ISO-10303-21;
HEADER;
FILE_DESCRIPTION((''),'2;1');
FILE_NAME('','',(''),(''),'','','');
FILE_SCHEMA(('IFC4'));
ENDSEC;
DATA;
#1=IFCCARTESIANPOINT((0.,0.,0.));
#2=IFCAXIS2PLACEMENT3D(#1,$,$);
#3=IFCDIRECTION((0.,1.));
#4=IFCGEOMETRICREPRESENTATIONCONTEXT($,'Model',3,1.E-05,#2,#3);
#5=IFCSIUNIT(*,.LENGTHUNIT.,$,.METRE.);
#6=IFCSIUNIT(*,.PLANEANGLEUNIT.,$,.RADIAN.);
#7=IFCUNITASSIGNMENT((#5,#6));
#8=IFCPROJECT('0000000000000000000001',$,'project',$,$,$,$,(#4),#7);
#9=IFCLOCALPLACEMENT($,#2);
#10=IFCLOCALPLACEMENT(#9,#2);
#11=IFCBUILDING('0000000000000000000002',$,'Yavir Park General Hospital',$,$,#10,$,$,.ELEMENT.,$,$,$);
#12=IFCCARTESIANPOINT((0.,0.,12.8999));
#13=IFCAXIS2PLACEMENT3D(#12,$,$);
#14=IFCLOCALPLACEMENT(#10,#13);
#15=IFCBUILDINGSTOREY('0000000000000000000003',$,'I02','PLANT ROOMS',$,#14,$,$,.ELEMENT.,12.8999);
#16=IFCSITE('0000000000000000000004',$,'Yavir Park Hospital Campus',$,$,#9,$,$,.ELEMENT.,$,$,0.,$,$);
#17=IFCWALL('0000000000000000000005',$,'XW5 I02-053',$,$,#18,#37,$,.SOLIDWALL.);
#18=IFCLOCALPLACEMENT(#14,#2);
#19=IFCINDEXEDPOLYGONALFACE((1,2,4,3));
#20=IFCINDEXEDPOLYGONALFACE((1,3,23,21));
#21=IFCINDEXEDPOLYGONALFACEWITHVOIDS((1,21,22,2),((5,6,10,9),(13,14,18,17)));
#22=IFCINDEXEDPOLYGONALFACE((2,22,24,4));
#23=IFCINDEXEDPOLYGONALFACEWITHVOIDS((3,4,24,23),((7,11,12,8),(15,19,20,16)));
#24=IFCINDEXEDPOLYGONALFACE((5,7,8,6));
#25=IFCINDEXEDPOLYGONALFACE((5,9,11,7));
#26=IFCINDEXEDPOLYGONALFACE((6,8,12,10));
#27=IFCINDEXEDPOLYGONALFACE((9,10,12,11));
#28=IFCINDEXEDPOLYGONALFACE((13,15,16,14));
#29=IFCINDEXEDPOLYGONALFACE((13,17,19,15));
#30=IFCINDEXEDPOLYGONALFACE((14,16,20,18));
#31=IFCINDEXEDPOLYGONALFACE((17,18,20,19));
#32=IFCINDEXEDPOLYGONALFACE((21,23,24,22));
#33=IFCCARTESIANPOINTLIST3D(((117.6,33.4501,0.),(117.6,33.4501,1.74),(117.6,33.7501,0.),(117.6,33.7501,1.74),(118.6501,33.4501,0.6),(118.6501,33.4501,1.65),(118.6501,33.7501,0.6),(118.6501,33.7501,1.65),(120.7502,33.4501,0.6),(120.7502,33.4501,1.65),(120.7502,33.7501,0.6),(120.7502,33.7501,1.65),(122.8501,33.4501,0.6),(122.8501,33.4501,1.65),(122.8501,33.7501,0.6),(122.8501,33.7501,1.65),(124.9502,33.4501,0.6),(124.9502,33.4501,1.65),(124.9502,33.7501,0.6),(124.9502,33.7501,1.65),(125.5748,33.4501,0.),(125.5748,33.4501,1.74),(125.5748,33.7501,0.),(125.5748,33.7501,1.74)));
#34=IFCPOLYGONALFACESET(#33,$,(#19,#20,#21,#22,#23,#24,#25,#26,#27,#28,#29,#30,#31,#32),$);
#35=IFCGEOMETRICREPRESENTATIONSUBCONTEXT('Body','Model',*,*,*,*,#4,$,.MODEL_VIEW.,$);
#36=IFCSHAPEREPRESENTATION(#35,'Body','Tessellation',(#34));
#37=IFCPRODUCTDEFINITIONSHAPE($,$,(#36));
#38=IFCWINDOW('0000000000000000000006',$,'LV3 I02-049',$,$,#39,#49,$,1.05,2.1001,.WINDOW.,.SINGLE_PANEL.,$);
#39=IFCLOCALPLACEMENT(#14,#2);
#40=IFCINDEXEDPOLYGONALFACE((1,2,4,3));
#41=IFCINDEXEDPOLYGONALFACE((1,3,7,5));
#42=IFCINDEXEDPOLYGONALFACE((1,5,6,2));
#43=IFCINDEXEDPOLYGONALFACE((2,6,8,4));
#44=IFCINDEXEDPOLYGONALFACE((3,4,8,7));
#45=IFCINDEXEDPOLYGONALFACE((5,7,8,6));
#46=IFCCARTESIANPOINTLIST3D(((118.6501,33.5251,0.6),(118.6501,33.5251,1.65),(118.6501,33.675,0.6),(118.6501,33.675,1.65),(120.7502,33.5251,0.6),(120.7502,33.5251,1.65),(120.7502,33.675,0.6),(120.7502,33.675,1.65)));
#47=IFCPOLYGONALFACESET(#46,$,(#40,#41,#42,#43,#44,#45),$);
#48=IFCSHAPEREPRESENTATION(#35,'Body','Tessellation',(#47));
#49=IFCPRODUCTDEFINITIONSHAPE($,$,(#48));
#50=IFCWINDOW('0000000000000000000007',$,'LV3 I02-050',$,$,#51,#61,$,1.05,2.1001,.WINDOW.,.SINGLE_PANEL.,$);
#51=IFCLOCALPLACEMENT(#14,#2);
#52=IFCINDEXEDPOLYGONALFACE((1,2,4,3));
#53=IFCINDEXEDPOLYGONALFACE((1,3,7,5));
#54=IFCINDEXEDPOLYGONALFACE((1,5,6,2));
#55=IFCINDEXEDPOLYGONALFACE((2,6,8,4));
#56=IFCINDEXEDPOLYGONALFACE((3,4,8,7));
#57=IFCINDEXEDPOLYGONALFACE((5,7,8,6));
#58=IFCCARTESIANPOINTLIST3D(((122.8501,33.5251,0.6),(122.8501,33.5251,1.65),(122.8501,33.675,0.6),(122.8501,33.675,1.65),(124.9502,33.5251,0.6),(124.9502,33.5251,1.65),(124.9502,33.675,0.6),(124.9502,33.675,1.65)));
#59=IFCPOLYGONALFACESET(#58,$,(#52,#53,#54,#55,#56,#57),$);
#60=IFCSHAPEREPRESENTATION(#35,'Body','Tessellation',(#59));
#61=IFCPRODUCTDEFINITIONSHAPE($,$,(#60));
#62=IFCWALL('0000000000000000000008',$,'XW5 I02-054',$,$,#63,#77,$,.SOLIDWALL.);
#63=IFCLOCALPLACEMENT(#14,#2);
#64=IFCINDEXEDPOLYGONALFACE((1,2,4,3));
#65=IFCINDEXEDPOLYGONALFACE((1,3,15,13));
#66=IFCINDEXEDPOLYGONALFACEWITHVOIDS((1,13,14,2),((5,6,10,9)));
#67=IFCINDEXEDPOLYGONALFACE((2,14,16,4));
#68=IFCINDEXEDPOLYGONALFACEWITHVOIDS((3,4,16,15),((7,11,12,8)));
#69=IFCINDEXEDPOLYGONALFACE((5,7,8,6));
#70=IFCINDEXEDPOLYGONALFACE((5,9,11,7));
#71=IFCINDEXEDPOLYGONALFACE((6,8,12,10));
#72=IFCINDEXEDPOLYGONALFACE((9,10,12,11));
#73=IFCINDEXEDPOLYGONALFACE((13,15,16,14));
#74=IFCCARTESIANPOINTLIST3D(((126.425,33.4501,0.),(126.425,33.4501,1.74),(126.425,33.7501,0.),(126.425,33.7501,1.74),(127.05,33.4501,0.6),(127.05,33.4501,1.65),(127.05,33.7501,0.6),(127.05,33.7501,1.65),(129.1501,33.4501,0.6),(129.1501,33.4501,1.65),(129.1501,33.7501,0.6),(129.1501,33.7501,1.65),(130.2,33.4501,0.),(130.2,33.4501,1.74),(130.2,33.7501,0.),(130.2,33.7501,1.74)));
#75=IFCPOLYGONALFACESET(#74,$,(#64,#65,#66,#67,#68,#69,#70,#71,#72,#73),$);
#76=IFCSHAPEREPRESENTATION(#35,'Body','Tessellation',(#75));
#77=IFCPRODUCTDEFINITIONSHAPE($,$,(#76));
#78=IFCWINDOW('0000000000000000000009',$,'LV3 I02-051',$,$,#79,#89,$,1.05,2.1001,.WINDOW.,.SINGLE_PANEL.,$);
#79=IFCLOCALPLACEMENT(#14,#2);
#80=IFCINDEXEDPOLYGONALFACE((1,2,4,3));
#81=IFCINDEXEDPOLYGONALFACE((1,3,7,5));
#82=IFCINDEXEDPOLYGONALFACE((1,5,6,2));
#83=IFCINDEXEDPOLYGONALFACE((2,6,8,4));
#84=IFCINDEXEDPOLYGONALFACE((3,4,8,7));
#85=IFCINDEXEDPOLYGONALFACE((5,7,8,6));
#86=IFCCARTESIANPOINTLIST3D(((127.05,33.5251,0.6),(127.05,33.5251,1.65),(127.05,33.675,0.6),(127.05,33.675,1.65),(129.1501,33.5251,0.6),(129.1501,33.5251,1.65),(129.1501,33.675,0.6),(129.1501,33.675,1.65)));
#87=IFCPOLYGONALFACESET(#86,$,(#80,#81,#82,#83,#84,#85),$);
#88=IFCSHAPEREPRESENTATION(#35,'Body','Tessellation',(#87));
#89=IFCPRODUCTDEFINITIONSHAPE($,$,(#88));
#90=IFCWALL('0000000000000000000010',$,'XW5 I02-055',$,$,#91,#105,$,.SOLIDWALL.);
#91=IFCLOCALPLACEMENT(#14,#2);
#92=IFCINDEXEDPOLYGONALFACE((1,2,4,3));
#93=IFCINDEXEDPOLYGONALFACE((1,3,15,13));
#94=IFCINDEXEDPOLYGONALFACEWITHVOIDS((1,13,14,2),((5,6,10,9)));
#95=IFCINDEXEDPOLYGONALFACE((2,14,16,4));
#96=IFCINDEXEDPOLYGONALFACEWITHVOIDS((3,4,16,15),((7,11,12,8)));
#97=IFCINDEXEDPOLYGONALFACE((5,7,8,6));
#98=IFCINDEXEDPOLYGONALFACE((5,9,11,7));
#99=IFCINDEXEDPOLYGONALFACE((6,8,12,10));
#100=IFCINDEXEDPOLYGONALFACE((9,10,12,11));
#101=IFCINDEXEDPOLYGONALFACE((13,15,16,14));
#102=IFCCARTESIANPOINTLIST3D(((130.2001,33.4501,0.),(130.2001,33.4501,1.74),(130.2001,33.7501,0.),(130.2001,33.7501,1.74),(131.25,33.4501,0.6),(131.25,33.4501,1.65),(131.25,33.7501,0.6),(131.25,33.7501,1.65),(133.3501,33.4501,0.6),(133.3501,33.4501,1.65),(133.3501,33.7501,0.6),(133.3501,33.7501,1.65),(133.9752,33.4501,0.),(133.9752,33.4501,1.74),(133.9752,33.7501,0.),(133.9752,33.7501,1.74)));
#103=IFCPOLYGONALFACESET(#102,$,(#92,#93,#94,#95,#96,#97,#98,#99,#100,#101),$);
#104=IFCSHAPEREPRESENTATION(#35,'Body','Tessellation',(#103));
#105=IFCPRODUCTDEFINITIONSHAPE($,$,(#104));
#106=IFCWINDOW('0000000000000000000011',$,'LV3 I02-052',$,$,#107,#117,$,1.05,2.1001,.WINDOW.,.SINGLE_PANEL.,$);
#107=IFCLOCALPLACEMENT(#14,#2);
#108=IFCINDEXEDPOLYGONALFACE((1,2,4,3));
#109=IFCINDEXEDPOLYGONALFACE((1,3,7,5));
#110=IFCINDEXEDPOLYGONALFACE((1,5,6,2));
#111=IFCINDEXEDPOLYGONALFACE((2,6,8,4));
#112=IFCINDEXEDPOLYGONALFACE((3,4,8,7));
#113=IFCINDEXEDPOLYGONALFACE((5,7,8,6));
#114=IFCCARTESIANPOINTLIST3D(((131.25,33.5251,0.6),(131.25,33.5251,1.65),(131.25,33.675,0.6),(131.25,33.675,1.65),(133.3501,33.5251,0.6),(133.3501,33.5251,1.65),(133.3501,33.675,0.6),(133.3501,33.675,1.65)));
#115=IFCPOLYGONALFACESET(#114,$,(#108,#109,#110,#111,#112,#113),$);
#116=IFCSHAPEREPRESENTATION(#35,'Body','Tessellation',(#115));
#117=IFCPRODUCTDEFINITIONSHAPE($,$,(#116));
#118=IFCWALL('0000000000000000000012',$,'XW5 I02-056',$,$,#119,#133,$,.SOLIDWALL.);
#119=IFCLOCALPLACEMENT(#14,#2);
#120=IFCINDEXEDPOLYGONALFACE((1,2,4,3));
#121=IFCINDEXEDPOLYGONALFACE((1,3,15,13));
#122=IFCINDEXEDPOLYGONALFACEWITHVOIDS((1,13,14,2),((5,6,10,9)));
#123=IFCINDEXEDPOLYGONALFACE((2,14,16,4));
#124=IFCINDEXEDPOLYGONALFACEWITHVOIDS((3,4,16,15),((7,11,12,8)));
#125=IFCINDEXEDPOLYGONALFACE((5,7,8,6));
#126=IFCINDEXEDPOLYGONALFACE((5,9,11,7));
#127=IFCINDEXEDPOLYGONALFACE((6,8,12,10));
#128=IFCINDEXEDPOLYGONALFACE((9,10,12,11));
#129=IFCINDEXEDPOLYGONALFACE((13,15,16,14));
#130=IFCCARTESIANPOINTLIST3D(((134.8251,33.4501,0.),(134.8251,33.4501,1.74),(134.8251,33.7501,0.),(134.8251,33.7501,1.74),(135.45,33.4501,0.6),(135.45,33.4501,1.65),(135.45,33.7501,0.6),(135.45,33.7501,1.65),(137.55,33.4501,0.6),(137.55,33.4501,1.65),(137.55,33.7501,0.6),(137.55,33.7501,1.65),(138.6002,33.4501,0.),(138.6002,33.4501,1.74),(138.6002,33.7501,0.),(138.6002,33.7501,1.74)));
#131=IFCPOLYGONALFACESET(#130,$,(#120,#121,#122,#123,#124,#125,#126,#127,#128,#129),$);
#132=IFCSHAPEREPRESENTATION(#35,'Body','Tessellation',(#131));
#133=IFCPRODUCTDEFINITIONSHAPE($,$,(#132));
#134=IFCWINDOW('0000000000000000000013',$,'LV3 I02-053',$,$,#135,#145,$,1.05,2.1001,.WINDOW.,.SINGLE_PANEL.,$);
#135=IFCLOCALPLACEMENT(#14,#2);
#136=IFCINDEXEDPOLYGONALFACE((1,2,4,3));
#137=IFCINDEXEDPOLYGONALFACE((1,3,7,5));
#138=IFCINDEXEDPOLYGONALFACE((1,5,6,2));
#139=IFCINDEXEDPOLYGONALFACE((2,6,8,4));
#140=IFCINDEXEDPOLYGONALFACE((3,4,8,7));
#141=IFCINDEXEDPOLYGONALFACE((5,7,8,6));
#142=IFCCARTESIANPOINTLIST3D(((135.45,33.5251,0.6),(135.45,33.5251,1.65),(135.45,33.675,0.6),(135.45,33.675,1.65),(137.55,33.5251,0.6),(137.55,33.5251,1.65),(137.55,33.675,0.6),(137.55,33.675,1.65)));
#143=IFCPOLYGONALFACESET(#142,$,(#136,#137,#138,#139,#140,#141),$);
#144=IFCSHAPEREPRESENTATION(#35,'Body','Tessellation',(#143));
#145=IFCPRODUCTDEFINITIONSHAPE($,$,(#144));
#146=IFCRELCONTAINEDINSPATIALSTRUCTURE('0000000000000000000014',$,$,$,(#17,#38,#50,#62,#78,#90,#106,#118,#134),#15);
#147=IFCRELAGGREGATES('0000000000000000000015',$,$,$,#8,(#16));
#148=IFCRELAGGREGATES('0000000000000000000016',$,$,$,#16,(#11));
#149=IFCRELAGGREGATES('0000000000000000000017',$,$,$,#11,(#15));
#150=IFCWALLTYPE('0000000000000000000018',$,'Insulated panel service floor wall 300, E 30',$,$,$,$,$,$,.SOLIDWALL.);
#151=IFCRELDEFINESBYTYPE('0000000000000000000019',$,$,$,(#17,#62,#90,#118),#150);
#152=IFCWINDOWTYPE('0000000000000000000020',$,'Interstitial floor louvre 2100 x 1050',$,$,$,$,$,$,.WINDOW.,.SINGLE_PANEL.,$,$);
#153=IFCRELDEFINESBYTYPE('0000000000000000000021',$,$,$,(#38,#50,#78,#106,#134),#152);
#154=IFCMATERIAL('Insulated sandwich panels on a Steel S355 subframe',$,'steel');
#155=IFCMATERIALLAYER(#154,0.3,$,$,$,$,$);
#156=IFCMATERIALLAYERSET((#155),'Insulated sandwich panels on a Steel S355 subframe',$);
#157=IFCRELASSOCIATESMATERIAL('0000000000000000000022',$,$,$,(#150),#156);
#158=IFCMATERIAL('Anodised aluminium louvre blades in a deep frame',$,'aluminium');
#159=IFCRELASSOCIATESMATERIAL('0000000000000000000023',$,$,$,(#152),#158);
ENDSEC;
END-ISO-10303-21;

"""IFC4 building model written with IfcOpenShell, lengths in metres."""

from ifc_helpers import new_model, si_unit, direction, frame, frame_2d, origin, place, context, subcontext, project, spatial, rectangle, extrude, material, layer, layer_set, type_object, element, fill, save


model = new_model("IFC4")

# Units and contexts
model_context = context("Model", 3, precision=1e-05, world=origin(), true_north=direction((0.0, 1.0)))
body_context = subcontext(model_context, "Body", "Model", "MODEL_VIEW")
ifc_project = project(units=[si_unit("LENGTHUNIT", "METRE"), si_unit("PLANEANGLEUNIT", "RADIAN")], contexts=[model_context])

# Site, building, storey
site_placement = place(None, origin())
site = spatial("IfcSite", under=ifc_project, at=site_placement, Name="Yavir Park Hospital Campus", CompositionType="ELEMENT", RefElevation=0.0)
building_placement = place(site_placement, origin())
building = spatial("IfcBuilding", under=site, at=building_placement, Name="Yavir Park General Hospital", CompositionType="ELEMENT")
storey_placement = place(building_placement, frame((0.0, 0.0, 12.8999)))
storey = spatial("IfcBuildingStorey", under=building, at=storey_placement, Name="I02", Description="PLANT ROOMS", CompositionType="ELEMENT", Elevation=12.8999)

# Wall, openings, windows
ifc_material_1 = material(Name="Insulated sandwich panels on a Steel S355 subframe", Category="steel")
ifc_layer_1 = layer(ifc_material_1, 0.3)
ifc_layer_set_1 = layer_set([ifc_layer_1], Name="Insulated sandwich panels on a Steel S355 subframe")
wall_type_1 = type_object("IfcWallType", Name="Insulated panel service floor wall 300, E 30", PredefinedType="SOLIDWALL", material=ifc_layer_set_1)
wall_1_placement = place(storey_placement, frame((117.6001, 33.6001, 0.0), z_axis=(0.0, 0.0, 1.0), x_axis=(1.0, 0.0, 0.0)))
wall_1 = element("IfcWall", 1, at=wall_1_placement, inside=storey, type_object=wall_type_1, Name="XW5 I02-053", PredefinedType="SOLIDWALL", context=body_context, shape_type="SweptSolid", body=[
    extrude(rectangle(XDim=7.9749, YDim=0.3, at=frame_2d((3.9873, 0.0))), origin(), (0.0, 0.0, 1.0), 1.74),
])
opening_1_placement = place(wall_1_placement, frame((1.05, 0.0, 0.6001)))
opening_1 = element("IfcOpeningElement", 2, at=opening_1_placement, cuts=wall_1, PredefinedType="OPENING", context=body_context, shape_type="SweptSolid", body=[
    extrude(rectangle(XDim=2.1001, YDim=1.05, at=frame_2d((1.05, 0.5249))), frame((0.0, 0.1599, 0.0), z_axis=(0.0, -1.0, 0.0), x_axis=(1.0, 0.0, 0.0)), (0.0, 0.0, 1.0), 0.3201),
])
opening_2_placement = place(wall_1_placement, frame((5.25, 0.0, 0.6001)))
opening_2 = element("IfcOpeningElement", 3, at=opening_2_placement, cuts=wall_1, PredefinedType="OPENING", context=body_context, shape_type="SweptSolid", body=[
    extrude(rectangle(XDim=2.1001, YDim=1.05, at=frame_2d((1.05, 0.5249))), frame((0.0, 0.1599, 0.0), z_axis=(0.0, -1.0, 0.0), x_axis=(1.0, 0.0, 0.0)), (0.0, 0.0, 1.0), 0.3201),
])
ifc_material_2 = material(Name="Anodised aluminium louvre blades in a deep frame", Category="aluminium")
window_type = type_object("IfcWindowType", Name="Interstitial floor louvre 2100 x 1050", PartitioningType="SINGLE_PANEL", PredefinedType="WINDOW", material=ifc_material_2)
window_1_placement = place(opening_1_placement, origin())
window_1 = element("IfcWindow", 4, at=window_1_placement, inside=storey, type_object=window_type, Name="LV3 I02-049", OverallHeight=1.05, OverallWidth=2.1001, PartitioningType="SINGLE_PANEL", PredefinedType="WINDOW", context=body_context, shape_type="SweptSolid", body=[
    extrude(rectangle(XDim=2.1001, YDim=1.05, at=frame_2d((1.05, 0.5249))), frame((0.0, 0.075, 0.0), z_axis=(0.0, -1.0, 0.0), x_axis=(1.0, 0.0, 0.0)), (0.0, 0.0, 1.0), 0.1499),
])
fill(opening_1, window_1)
window_2_placement = place(opening_2_placement, origin())
window_2 = element("IfcWindow", 5, at=window_2_placement, inside=storey, type_object=window_type, Name="LV3 I02-050", OverallHeight=1.05, OverallWidth=2.1001, PartitioningType="SINGLE_PANEL", PredefinedType="WINDOW", context=body_context, shape_type="SweptSolid", body=[
    extrude(rectangle(XDim=2.1001, YDim=1.05, at=frame_2d((1.05, 0.5249))), frame((0.0, 0.075, 0.0), z_axis=(0.0, -1.0, 0.0), x_axis=(1.0, 0.0, 0.0)), (0.0, 0.0, 1.0), 0.1499),
])
fill(opening_2, window_2)

# Walls, openings, windows
wall_2_placement = place(storey_placement, frame((126.425, 33.6001, 0.0), z_axis=(0.0, 0.0, 1.0), x_axis=(1.0, 0.0, 0.0)))
wall_2 = element("IfcWall", 6, at=wall_2_placement, inside=storey, type_object=wall_type_1, Name="XW5 I02-054", PredefinedType="SOLIDWALL", context=body_context, shape_type="SweptSolid", body=[
    extrude(rectangle(XDim=3.7749, YDim=0.3, at=frame_2d((1.8875, 0.0))), origin(), (0.0, 0.0, 1.0), 1.74),
])
opening_3_placement = place(wall_2_placement, frame((0.625, 0.0, 0.6001)))
opening_3 = element("IfcOpeningElement", 7, at=opening_3_placement, cuts=wall_2, PredefinedType="OPENING", context=body_context, shape_type="SweptSolid", body=[
    extrude(rectangle(XDim=2.1001, YDim=1.05, at=frame_2d((1.05, 0.5249))), frame((0.0, 0.1599, 0.0), z_axis=(0.0, -1.0, 0.0), x_axis=(1.0, 0.0, 0.0)), (0.0, 0.0, 1.0), 0.3201),
])
window_3_placement = place(opening_3_placement, origin())
window_3 = element("IfcWindow", 8, at=window_3_placement, inside=storey, type_object=window_type, Name="LV3 I02-051", OverallHeight=1.05, OverallWidth=2.1001, PartitioningType="SINGLE_PANEL", PredefinedType="WINDOW", context=body_context, shape_type="SweptSolid", body=[
    extrude(rectangle(XDim=2.1001, YDim=1.05, at=frame_2d((1.05, 0.5249))), frame((0.0, 0.075, 0.0), z_axis=(0.0, -1.0, 0.0), x_axis=(1.0, 0.0, 0.0)), (0.0, 0.0, 1.0), 0.1499),
])
fill(opening_3, window_3)
wall_3_placement = place(storey_placement, frame((130.2, 33.6001, 0.0), z_axis=(0.0, 0.0, 1.0), x_axis=(1.0, 0.0, 0.0)))
wall_3 = element("IfcWall", 9, at=wall_3_placement, inside=storey, type_object=wall_type_1, Name="XW5 I02-055", PredefinedType="SOLIDWALL", context=body_context, shape_type="SweptSolid", body=[
    extrude(rectangle(XDim=3.7751, YDim=0.3, at=frame_2d((1.8877, 0.0))), origin(), (0.0, 0.0, 1.0), 1.74),
])
opening_4_placement = place(wall_3_placement, frame((1.05, 0.0, 0.6001)))
opening_4 = element("IfcOpeningElement", 10, at=opening_4_placement, cuts=wall_3, PredefinedType="OPENING", context=body_context, shape_type="SweptSolid", body=[
    extrude(rectangle(XDim=2.1001, YDim=1.05, at=frame_2d((1.05, 0.5249))), frame((0.0, 0.1599, 0.0), z_axis=(0.0, -1.0, 0.0), x_axis=(1.0, 0.0, 0.0)), (0.0, 0.0, 1.0), 0.3201),
])
window_4_placement = place(opening_4_placement, origin())
window_4 = element("IfcWindow", 11, at=window_4_placement, inside=storey, type_object=window_type, Name="LV3 I02-052", OverallHeight=1.05, OverallWidth=2.1001, PartitioningType="SINGLE_PANEL", PredefinedType="WINDOW", context=body_context, shape_type="SweptSolid", body=[
    extrude(rectangle(XDim=2.1001, YDim=1.05, at=frame_2d((1.05, 0.5249))), frame((0.0, 0.075, 0.0), z_axis=(0.0, -1.0, 0.0), x_axis=(1.0, 0.0, 0.0)), (0.0, 0.0, 1.0), 0.1499),
])
fill(opening_4, window_4)
wall_4_placement = place(storey_placement, frame((134.825, 33.6001, 0.0), z_axis=(0.0, 0.0, 1.0), x_axis=(1.0, 0.0, 0.0)))
wall_4 = element("IfcWall", 12, at=wall_4_placement, inside=storey, type_object=wall_type_1, Name="XW5 I02-056", PredefinedType="SOLIDWALL", context=body_context, shape_type="SweptSolid", body=[
    extrude(rectangle(XDim=3.7751, YDim=0.3, at=frame_2d((1.8877, 0.0))), origin(), (0.0, 0.0, 1.0), 1.74),
])
opening_5_placement = place(wall_4_placement, frame((0.625, 0.0, 0.6001)))
opening_5 = element("IfcOpeningElement", 13, at=opening_5_placement, cuts=wall_4, PredefinedType="OPENING", context=body_context, shape_type="SweptSolid", body=[
    extrude(rectangle(XDim=2.1001, YDim=1.05, at=frame_2d((1.05, 0.5249))), frame((0.0, 0.1599, 0.0), z_axis=(0.0, -1.0, 0.0), x_axis=(1.0, 0.0, 0.0)), (0.0, 0.0, 1.0), 0.3201),
])
window_5_placement = place(opening_5_placement, origin())
window_5 = element("IfcWindow", 14, at=window_5_placement, inside=storey, type_object=window_type, Name="LV3 I02-053", OverallHeight=1.05, OverallWidth=2.1001, PartitioningType="SINGLE_PANEL", PredefinedType="WINDOW", context=body_context, shape_type="SweptSolid", body=[
    extrude(rectangle(XDim=2.1001, YDim=1.05, at=frame_2d((1.05, 0.5249))), frame((0.0, 0.075, 0.0), z_axis=(0.0, -1.0, 0.0), x_axis=(1.0, 0.0, 0.0)), (0.0, 0.0, 1.0), 0.1499),
])
fill(opening_5, window_5)

save(model, "model.ifc")
